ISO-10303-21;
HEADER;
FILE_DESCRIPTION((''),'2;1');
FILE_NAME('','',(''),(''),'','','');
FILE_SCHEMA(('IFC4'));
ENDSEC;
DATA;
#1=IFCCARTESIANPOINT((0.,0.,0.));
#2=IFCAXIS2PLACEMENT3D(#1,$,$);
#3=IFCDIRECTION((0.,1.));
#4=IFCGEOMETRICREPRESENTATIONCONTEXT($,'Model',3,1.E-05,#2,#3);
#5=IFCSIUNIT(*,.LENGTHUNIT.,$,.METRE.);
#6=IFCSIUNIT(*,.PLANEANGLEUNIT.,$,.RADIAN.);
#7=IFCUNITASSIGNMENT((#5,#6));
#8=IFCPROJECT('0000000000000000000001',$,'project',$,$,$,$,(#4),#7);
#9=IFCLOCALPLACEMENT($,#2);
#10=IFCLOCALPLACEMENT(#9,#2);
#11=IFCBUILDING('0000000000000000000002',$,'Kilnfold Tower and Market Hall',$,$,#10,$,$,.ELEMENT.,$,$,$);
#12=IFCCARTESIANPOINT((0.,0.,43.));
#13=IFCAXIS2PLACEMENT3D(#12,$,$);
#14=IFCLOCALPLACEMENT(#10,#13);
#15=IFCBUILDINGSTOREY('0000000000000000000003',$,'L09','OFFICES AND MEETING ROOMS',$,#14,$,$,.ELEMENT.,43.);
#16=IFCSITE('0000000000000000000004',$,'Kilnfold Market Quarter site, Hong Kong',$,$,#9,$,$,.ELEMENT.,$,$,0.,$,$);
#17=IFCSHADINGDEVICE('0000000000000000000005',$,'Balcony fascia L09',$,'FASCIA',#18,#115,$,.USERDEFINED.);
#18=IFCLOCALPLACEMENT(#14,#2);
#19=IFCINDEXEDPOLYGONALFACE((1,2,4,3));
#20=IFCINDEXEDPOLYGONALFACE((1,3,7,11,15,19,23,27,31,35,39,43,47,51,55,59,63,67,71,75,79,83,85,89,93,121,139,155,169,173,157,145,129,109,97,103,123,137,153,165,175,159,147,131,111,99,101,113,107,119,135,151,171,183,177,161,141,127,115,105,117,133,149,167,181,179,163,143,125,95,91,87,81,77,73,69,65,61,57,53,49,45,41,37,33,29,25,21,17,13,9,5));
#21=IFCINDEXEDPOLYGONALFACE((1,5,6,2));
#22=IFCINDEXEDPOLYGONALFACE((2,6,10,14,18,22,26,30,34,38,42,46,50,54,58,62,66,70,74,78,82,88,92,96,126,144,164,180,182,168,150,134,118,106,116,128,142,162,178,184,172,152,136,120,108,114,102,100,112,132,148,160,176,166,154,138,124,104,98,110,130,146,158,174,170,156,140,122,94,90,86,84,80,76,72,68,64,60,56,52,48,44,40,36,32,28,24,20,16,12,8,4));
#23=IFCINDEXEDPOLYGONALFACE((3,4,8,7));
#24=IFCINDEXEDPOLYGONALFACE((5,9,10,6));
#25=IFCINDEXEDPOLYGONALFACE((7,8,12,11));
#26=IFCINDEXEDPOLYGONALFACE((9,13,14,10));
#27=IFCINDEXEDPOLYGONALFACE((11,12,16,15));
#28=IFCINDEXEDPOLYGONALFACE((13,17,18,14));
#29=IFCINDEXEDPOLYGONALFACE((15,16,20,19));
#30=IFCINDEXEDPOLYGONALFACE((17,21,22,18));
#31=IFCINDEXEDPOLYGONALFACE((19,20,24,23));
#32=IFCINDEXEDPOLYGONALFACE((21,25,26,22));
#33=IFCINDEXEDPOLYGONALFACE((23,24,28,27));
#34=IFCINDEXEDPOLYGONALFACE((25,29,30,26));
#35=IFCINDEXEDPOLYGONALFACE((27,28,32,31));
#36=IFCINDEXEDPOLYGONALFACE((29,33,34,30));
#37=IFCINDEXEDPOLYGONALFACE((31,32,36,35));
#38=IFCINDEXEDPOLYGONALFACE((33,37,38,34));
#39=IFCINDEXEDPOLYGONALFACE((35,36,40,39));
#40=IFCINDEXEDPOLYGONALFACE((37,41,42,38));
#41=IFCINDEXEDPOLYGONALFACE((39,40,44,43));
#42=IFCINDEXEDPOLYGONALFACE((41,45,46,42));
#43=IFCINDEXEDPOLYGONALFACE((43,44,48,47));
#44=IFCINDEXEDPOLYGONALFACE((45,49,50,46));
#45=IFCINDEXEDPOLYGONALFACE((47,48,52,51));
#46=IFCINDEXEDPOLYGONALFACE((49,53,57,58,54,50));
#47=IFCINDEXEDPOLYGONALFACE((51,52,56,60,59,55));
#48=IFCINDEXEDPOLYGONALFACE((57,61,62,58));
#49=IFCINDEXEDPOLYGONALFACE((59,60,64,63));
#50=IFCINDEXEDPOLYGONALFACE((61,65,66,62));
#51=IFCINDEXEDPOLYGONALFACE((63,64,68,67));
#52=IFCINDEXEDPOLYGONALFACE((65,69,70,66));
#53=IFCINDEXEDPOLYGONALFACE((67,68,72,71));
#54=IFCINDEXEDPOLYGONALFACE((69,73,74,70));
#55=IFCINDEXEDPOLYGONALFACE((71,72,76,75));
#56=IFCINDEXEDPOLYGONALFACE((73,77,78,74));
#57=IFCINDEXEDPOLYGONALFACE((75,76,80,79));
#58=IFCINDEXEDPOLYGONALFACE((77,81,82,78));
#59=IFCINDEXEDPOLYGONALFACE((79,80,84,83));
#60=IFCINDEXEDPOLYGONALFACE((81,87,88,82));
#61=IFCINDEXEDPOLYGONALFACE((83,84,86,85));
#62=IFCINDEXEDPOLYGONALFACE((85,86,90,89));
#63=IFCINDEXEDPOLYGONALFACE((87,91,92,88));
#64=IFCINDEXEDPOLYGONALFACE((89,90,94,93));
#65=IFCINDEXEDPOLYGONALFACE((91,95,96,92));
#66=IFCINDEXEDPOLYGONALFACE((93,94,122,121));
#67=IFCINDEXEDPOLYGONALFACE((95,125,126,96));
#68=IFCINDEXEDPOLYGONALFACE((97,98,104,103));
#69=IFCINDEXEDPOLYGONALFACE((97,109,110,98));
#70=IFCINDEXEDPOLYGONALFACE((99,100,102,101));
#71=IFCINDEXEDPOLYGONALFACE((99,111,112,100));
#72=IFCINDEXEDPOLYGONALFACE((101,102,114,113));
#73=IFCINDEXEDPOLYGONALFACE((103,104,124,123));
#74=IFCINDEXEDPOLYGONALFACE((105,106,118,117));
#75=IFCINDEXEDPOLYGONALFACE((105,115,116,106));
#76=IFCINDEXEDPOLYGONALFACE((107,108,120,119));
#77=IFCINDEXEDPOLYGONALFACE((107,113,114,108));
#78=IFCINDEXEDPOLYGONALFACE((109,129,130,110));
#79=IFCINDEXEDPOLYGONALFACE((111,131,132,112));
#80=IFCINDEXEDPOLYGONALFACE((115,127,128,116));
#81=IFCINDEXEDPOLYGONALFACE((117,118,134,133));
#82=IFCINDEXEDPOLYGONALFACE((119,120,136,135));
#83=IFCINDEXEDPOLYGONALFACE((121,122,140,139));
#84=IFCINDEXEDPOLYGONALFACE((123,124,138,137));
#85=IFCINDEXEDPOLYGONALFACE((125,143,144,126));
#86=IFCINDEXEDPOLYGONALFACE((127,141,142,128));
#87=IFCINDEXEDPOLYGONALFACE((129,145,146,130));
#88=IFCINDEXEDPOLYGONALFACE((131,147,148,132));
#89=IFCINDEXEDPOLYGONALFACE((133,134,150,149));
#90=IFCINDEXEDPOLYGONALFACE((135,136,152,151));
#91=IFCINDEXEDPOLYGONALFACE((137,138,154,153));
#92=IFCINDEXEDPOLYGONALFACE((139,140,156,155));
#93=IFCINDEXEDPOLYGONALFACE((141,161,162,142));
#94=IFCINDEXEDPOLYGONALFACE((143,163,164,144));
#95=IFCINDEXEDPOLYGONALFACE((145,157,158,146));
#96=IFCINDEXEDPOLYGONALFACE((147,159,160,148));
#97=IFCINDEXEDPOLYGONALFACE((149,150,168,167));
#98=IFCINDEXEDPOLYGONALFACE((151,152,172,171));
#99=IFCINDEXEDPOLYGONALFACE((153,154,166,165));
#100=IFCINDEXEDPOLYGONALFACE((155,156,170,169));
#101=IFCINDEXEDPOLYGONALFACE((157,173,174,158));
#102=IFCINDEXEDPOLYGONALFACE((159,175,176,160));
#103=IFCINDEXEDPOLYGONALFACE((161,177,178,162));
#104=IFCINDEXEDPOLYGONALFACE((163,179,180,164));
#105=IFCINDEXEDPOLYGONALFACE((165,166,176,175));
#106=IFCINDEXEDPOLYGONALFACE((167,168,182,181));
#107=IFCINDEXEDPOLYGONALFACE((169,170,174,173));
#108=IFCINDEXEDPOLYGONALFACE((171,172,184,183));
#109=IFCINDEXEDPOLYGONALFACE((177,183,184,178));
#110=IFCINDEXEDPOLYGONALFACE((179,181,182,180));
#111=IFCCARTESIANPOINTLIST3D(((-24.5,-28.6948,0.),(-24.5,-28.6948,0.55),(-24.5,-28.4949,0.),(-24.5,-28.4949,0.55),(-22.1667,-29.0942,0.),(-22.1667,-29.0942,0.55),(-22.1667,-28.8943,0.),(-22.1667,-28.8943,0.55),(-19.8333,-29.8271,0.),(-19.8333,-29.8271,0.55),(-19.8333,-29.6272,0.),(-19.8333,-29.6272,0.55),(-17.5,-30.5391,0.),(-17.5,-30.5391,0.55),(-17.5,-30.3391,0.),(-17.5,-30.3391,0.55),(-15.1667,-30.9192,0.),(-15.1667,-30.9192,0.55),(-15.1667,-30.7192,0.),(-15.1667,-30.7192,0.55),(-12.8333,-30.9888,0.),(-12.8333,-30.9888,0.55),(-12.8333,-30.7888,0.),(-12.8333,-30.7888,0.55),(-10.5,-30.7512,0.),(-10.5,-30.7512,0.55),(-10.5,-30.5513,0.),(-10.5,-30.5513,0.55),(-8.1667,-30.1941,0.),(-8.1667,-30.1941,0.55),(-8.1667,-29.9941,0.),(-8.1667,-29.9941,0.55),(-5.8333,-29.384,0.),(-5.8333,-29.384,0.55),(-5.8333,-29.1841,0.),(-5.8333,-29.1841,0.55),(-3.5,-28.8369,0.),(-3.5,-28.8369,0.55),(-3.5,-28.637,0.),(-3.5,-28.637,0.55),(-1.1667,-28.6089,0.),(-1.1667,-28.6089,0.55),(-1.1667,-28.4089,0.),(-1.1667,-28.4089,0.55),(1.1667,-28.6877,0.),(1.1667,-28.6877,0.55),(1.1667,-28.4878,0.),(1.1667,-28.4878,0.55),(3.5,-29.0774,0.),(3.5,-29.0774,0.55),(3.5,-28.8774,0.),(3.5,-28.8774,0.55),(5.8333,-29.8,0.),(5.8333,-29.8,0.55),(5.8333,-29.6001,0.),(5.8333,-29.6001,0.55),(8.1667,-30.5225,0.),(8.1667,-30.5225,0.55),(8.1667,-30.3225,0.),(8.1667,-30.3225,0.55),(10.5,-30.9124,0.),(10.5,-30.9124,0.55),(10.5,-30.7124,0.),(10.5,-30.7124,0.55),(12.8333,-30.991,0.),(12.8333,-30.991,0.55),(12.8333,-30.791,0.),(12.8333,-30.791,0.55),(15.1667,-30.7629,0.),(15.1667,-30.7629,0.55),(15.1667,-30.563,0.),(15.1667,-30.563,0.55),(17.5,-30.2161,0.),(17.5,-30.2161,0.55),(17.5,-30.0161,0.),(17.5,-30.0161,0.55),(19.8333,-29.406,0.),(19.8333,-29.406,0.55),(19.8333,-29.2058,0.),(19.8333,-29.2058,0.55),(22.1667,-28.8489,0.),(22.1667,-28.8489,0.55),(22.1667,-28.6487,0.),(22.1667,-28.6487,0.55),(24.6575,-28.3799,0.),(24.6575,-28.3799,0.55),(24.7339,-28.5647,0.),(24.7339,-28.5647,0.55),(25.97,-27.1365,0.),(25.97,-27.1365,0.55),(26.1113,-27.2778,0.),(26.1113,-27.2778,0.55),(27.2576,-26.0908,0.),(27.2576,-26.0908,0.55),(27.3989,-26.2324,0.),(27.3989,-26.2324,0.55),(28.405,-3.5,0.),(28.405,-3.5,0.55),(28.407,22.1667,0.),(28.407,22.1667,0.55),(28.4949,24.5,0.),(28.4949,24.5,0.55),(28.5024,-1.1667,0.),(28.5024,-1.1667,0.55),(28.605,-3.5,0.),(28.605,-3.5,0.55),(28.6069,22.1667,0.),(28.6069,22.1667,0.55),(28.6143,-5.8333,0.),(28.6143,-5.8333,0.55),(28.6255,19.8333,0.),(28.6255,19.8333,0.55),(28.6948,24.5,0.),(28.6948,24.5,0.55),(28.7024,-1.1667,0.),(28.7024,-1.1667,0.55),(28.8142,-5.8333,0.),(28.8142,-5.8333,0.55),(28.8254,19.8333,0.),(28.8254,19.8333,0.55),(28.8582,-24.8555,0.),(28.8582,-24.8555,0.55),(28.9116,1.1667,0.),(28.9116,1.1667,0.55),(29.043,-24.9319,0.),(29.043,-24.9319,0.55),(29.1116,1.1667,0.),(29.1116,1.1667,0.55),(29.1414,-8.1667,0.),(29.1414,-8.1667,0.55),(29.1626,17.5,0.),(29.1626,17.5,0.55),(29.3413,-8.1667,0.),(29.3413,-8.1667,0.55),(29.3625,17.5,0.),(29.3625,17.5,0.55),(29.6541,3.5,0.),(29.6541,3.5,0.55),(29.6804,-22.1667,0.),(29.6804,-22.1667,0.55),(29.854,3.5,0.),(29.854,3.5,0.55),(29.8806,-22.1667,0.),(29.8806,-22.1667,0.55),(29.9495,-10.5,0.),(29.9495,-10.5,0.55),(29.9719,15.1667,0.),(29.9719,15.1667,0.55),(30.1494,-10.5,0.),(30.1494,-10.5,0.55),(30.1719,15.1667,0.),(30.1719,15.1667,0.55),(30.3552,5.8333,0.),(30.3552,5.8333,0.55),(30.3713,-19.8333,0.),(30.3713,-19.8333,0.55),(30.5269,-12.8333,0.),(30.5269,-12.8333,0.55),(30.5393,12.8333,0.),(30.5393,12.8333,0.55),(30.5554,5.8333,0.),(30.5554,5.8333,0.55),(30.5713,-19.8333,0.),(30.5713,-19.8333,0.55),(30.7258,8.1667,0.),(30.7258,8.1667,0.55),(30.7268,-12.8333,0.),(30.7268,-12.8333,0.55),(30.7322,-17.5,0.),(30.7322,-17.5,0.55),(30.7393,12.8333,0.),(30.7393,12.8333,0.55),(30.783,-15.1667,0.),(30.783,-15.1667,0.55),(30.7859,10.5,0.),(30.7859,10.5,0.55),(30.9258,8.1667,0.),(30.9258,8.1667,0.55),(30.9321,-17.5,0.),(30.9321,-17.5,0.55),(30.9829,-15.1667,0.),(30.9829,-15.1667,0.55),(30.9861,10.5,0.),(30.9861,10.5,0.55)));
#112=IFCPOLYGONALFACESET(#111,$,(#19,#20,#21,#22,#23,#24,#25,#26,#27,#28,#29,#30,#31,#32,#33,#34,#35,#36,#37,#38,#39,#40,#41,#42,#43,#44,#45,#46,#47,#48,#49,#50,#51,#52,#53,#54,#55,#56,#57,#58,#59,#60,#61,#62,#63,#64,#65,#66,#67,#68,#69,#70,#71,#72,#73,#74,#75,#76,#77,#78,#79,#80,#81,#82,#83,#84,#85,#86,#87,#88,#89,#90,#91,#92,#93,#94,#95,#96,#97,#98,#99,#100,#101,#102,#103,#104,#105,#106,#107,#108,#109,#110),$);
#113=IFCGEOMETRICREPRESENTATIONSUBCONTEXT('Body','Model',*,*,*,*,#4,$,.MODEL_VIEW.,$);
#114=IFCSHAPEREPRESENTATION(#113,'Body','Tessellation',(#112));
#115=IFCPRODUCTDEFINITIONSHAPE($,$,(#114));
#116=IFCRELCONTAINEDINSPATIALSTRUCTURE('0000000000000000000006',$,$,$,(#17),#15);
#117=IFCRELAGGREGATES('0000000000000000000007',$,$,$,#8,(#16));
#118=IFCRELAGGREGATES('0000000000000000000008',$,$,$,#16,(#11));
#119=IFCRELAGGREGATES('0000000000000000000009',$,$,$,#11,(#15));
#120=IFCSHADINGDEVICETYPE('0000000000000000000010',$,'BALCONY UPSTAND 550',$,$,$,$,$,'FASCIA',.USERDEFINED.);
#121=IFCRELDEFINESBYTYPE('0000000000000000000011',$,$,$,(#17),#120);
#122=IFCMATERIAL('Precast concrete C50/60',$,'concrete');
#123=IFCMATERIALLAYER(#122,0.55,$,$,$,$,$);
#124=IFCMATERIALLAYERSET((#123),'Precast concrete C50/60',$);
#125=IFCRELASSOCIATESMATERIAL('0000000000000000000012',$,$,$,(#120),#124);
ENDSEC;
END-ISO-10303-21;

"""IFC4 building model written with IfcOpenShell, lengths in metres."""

from ifc_helpers import new_model, si_unit, direction, frame, origin, place, context, subcontext, project, spatial, polyline, outline, extrude, source, transform, mapped, material, layer, layer_set, type_object, element, save


model = new_model("IFC4")

# Units and contexts
model_context = context("Model", 3, precision=1e-05, world=origin(), true_north=direction((0.0, 1.0)))
body_context = subcontext(model_context, "Body", "Model", "MODEL_VIEW")
ifc_project = project(units=[si_unit("LENGTHUNIT", "METRE"), si_unit("PLANEANGLEUNIT", "RADIAN")], contexts=[model_context])

# Site, building, storey
site_placement = place(None, origin())
site = spatial("IfcSite", under=ifc_project, at=site_placement, Name="Kilnfold Market Quarter site, Hong Kong", CompositionType="ELEMENT", RefElevation=0.0)
building_placement = place(site_placement, origin())
building = spatial("IfcBuilding", under=site, at=building_placement, Name="Kilnfold Tower and Market Hall", CompositionType="ELEMENT")
storey_placement = place(building_placement, frame((0.0, 0.0, 43.0)))
storey = spatial("IfcBuildingStorey", under=building, at=storey_placement, Name="L09", Description="OFFICES AND MEETING ROOMS", CompositionType="ELEMENT", Elevation=43.0)

# Shading device
ifc_material_1 = material(Name="Precast concrete C50/60", Category="concrete")
ifc_layer_1 = layer(ifc_material_1, 0.55)
ifc_layer_set_1 = layer_set([ifc_layer_1], Name="Precast concrete C50/60")
shading_device_type_1 = type_object("IfcShadingDeviceType", Name="BALCONY UPSTAND 550", ElementType="FASCIA", PredefinedType="USERDEFINED", material=ifc_layer_set_1)
shared_shape_1 = source(origin(), body_context, "Body", "SweptSolid", [
    extrude(outline(polyline([(-24.5, -28.6948), (-22.1667, -29.0942), (-19.8333, -29.8271), (-17.5, -30.5391), (-15.1667, -30.9192), (-12.8333, -30.9888), (-10.5, -30.7512), (-8.1667, -30.1941), (-5.8333, -29.384), (-3.5, -28.8369), (-1.1667, -28.6089), (1.1667, -28.6877), (3.5, -29.0774), (5.8333, -29.8), (8.1667, -30.5225), (10.5, -30.9124), (12.8333, -30.991), (15.1667, -30.7629), (17.5, -30.2161), (19.8333, -29.406), (22.1667, -28.8489), (24.7339, -28.5647), (26.1113, -27.2778), (27.3989, -26.2324), (29.043, -24.9319), (29.8806, -22.1667), (30.5713, -19.8333), (30.9321, -17.5), (30.9829, -15.1667), (30.7268, -12.8333), (30.1494, -10.5), (29.3413, -8.1667), (28.8142, -5.8333), (28.605, -3.5), (28.7024, -1.1667), (29.1116, 1.1667), (29.854, 3.5), (30.5554, 5.8333), (30.9258, 8.1667), (30.9861, 10.5), (30.7393, 12.8333), (30.1719, 15.1667), (29.3625, 17.5), (28.8254, 19.8333), (28.6069, 22.1667), (28.6948, 24.5), (28.4949, 24.5), (28.407, 22.1667), (28.6255, 19.8333), (29.1626, 17.5), (29.9719, 15.1667), (30.5393, 12.8333), (30.7859, 10.5), (30.7258, 8.1667), (30.3552, 5.8333), (29.6541, 3.5), (28.9116, 1.1667), (28.5024, -1.1667), (28.405, -3.5), (28.6143, -5.8333), (29.1414, -8.1667), (29.9495, -10.5), (30.5269, -12.8333), (30.783, -15.1667), (30.7322, -17.5), (30.3713, -19.8333), (29.6804, -22.1667), (28.8582, -24.8555), (27.2576, -26.0908), (25.97, -27.1365), (24.6575, -28.3799), (22.1667, -28.6487), (19.8333, -29.2058), (17.5, -30.0161), (15.1667, -30.563), (12.8333, -30.791), (10.5, -30.7124), (8.1667, -30.3225), (5.8333, -29.6001), (3.5, -28.8774), (1.1667, -28.4878), (-1.1667, -28.4089), (-3.5, -28.637), (-5.8333, -29.1841), (-8.1667, -29.9941), (-10.5, -30.5513), (-12.8333, -30.7888), (-15.1667, -30.7192), (-17.5, -30.3391), (-19.8333, -29.6272), (-22.1667, -28.8943), (-24.5, -28.4949), (-24.5, -28.6948)])), origin(), (0.0, 0.0, 1.0), 0.55),
])
shading_device_1_placement = place(storey_placement, origin())
element("IfcShadingDevice", 1, at=shading_device_1_placement, inside=storey, type_object=shading_device_type_1, Name="Balcony fascia L09", ObjectType="FASCIA", PredefinedType="USERDEFINED", context=body_context, shape_type="MappedRepresentation", body=[
    mapped(shared_shape_1, transform((0.0, 0.0, 0.0))),
])

save(model, "model.ifc")
